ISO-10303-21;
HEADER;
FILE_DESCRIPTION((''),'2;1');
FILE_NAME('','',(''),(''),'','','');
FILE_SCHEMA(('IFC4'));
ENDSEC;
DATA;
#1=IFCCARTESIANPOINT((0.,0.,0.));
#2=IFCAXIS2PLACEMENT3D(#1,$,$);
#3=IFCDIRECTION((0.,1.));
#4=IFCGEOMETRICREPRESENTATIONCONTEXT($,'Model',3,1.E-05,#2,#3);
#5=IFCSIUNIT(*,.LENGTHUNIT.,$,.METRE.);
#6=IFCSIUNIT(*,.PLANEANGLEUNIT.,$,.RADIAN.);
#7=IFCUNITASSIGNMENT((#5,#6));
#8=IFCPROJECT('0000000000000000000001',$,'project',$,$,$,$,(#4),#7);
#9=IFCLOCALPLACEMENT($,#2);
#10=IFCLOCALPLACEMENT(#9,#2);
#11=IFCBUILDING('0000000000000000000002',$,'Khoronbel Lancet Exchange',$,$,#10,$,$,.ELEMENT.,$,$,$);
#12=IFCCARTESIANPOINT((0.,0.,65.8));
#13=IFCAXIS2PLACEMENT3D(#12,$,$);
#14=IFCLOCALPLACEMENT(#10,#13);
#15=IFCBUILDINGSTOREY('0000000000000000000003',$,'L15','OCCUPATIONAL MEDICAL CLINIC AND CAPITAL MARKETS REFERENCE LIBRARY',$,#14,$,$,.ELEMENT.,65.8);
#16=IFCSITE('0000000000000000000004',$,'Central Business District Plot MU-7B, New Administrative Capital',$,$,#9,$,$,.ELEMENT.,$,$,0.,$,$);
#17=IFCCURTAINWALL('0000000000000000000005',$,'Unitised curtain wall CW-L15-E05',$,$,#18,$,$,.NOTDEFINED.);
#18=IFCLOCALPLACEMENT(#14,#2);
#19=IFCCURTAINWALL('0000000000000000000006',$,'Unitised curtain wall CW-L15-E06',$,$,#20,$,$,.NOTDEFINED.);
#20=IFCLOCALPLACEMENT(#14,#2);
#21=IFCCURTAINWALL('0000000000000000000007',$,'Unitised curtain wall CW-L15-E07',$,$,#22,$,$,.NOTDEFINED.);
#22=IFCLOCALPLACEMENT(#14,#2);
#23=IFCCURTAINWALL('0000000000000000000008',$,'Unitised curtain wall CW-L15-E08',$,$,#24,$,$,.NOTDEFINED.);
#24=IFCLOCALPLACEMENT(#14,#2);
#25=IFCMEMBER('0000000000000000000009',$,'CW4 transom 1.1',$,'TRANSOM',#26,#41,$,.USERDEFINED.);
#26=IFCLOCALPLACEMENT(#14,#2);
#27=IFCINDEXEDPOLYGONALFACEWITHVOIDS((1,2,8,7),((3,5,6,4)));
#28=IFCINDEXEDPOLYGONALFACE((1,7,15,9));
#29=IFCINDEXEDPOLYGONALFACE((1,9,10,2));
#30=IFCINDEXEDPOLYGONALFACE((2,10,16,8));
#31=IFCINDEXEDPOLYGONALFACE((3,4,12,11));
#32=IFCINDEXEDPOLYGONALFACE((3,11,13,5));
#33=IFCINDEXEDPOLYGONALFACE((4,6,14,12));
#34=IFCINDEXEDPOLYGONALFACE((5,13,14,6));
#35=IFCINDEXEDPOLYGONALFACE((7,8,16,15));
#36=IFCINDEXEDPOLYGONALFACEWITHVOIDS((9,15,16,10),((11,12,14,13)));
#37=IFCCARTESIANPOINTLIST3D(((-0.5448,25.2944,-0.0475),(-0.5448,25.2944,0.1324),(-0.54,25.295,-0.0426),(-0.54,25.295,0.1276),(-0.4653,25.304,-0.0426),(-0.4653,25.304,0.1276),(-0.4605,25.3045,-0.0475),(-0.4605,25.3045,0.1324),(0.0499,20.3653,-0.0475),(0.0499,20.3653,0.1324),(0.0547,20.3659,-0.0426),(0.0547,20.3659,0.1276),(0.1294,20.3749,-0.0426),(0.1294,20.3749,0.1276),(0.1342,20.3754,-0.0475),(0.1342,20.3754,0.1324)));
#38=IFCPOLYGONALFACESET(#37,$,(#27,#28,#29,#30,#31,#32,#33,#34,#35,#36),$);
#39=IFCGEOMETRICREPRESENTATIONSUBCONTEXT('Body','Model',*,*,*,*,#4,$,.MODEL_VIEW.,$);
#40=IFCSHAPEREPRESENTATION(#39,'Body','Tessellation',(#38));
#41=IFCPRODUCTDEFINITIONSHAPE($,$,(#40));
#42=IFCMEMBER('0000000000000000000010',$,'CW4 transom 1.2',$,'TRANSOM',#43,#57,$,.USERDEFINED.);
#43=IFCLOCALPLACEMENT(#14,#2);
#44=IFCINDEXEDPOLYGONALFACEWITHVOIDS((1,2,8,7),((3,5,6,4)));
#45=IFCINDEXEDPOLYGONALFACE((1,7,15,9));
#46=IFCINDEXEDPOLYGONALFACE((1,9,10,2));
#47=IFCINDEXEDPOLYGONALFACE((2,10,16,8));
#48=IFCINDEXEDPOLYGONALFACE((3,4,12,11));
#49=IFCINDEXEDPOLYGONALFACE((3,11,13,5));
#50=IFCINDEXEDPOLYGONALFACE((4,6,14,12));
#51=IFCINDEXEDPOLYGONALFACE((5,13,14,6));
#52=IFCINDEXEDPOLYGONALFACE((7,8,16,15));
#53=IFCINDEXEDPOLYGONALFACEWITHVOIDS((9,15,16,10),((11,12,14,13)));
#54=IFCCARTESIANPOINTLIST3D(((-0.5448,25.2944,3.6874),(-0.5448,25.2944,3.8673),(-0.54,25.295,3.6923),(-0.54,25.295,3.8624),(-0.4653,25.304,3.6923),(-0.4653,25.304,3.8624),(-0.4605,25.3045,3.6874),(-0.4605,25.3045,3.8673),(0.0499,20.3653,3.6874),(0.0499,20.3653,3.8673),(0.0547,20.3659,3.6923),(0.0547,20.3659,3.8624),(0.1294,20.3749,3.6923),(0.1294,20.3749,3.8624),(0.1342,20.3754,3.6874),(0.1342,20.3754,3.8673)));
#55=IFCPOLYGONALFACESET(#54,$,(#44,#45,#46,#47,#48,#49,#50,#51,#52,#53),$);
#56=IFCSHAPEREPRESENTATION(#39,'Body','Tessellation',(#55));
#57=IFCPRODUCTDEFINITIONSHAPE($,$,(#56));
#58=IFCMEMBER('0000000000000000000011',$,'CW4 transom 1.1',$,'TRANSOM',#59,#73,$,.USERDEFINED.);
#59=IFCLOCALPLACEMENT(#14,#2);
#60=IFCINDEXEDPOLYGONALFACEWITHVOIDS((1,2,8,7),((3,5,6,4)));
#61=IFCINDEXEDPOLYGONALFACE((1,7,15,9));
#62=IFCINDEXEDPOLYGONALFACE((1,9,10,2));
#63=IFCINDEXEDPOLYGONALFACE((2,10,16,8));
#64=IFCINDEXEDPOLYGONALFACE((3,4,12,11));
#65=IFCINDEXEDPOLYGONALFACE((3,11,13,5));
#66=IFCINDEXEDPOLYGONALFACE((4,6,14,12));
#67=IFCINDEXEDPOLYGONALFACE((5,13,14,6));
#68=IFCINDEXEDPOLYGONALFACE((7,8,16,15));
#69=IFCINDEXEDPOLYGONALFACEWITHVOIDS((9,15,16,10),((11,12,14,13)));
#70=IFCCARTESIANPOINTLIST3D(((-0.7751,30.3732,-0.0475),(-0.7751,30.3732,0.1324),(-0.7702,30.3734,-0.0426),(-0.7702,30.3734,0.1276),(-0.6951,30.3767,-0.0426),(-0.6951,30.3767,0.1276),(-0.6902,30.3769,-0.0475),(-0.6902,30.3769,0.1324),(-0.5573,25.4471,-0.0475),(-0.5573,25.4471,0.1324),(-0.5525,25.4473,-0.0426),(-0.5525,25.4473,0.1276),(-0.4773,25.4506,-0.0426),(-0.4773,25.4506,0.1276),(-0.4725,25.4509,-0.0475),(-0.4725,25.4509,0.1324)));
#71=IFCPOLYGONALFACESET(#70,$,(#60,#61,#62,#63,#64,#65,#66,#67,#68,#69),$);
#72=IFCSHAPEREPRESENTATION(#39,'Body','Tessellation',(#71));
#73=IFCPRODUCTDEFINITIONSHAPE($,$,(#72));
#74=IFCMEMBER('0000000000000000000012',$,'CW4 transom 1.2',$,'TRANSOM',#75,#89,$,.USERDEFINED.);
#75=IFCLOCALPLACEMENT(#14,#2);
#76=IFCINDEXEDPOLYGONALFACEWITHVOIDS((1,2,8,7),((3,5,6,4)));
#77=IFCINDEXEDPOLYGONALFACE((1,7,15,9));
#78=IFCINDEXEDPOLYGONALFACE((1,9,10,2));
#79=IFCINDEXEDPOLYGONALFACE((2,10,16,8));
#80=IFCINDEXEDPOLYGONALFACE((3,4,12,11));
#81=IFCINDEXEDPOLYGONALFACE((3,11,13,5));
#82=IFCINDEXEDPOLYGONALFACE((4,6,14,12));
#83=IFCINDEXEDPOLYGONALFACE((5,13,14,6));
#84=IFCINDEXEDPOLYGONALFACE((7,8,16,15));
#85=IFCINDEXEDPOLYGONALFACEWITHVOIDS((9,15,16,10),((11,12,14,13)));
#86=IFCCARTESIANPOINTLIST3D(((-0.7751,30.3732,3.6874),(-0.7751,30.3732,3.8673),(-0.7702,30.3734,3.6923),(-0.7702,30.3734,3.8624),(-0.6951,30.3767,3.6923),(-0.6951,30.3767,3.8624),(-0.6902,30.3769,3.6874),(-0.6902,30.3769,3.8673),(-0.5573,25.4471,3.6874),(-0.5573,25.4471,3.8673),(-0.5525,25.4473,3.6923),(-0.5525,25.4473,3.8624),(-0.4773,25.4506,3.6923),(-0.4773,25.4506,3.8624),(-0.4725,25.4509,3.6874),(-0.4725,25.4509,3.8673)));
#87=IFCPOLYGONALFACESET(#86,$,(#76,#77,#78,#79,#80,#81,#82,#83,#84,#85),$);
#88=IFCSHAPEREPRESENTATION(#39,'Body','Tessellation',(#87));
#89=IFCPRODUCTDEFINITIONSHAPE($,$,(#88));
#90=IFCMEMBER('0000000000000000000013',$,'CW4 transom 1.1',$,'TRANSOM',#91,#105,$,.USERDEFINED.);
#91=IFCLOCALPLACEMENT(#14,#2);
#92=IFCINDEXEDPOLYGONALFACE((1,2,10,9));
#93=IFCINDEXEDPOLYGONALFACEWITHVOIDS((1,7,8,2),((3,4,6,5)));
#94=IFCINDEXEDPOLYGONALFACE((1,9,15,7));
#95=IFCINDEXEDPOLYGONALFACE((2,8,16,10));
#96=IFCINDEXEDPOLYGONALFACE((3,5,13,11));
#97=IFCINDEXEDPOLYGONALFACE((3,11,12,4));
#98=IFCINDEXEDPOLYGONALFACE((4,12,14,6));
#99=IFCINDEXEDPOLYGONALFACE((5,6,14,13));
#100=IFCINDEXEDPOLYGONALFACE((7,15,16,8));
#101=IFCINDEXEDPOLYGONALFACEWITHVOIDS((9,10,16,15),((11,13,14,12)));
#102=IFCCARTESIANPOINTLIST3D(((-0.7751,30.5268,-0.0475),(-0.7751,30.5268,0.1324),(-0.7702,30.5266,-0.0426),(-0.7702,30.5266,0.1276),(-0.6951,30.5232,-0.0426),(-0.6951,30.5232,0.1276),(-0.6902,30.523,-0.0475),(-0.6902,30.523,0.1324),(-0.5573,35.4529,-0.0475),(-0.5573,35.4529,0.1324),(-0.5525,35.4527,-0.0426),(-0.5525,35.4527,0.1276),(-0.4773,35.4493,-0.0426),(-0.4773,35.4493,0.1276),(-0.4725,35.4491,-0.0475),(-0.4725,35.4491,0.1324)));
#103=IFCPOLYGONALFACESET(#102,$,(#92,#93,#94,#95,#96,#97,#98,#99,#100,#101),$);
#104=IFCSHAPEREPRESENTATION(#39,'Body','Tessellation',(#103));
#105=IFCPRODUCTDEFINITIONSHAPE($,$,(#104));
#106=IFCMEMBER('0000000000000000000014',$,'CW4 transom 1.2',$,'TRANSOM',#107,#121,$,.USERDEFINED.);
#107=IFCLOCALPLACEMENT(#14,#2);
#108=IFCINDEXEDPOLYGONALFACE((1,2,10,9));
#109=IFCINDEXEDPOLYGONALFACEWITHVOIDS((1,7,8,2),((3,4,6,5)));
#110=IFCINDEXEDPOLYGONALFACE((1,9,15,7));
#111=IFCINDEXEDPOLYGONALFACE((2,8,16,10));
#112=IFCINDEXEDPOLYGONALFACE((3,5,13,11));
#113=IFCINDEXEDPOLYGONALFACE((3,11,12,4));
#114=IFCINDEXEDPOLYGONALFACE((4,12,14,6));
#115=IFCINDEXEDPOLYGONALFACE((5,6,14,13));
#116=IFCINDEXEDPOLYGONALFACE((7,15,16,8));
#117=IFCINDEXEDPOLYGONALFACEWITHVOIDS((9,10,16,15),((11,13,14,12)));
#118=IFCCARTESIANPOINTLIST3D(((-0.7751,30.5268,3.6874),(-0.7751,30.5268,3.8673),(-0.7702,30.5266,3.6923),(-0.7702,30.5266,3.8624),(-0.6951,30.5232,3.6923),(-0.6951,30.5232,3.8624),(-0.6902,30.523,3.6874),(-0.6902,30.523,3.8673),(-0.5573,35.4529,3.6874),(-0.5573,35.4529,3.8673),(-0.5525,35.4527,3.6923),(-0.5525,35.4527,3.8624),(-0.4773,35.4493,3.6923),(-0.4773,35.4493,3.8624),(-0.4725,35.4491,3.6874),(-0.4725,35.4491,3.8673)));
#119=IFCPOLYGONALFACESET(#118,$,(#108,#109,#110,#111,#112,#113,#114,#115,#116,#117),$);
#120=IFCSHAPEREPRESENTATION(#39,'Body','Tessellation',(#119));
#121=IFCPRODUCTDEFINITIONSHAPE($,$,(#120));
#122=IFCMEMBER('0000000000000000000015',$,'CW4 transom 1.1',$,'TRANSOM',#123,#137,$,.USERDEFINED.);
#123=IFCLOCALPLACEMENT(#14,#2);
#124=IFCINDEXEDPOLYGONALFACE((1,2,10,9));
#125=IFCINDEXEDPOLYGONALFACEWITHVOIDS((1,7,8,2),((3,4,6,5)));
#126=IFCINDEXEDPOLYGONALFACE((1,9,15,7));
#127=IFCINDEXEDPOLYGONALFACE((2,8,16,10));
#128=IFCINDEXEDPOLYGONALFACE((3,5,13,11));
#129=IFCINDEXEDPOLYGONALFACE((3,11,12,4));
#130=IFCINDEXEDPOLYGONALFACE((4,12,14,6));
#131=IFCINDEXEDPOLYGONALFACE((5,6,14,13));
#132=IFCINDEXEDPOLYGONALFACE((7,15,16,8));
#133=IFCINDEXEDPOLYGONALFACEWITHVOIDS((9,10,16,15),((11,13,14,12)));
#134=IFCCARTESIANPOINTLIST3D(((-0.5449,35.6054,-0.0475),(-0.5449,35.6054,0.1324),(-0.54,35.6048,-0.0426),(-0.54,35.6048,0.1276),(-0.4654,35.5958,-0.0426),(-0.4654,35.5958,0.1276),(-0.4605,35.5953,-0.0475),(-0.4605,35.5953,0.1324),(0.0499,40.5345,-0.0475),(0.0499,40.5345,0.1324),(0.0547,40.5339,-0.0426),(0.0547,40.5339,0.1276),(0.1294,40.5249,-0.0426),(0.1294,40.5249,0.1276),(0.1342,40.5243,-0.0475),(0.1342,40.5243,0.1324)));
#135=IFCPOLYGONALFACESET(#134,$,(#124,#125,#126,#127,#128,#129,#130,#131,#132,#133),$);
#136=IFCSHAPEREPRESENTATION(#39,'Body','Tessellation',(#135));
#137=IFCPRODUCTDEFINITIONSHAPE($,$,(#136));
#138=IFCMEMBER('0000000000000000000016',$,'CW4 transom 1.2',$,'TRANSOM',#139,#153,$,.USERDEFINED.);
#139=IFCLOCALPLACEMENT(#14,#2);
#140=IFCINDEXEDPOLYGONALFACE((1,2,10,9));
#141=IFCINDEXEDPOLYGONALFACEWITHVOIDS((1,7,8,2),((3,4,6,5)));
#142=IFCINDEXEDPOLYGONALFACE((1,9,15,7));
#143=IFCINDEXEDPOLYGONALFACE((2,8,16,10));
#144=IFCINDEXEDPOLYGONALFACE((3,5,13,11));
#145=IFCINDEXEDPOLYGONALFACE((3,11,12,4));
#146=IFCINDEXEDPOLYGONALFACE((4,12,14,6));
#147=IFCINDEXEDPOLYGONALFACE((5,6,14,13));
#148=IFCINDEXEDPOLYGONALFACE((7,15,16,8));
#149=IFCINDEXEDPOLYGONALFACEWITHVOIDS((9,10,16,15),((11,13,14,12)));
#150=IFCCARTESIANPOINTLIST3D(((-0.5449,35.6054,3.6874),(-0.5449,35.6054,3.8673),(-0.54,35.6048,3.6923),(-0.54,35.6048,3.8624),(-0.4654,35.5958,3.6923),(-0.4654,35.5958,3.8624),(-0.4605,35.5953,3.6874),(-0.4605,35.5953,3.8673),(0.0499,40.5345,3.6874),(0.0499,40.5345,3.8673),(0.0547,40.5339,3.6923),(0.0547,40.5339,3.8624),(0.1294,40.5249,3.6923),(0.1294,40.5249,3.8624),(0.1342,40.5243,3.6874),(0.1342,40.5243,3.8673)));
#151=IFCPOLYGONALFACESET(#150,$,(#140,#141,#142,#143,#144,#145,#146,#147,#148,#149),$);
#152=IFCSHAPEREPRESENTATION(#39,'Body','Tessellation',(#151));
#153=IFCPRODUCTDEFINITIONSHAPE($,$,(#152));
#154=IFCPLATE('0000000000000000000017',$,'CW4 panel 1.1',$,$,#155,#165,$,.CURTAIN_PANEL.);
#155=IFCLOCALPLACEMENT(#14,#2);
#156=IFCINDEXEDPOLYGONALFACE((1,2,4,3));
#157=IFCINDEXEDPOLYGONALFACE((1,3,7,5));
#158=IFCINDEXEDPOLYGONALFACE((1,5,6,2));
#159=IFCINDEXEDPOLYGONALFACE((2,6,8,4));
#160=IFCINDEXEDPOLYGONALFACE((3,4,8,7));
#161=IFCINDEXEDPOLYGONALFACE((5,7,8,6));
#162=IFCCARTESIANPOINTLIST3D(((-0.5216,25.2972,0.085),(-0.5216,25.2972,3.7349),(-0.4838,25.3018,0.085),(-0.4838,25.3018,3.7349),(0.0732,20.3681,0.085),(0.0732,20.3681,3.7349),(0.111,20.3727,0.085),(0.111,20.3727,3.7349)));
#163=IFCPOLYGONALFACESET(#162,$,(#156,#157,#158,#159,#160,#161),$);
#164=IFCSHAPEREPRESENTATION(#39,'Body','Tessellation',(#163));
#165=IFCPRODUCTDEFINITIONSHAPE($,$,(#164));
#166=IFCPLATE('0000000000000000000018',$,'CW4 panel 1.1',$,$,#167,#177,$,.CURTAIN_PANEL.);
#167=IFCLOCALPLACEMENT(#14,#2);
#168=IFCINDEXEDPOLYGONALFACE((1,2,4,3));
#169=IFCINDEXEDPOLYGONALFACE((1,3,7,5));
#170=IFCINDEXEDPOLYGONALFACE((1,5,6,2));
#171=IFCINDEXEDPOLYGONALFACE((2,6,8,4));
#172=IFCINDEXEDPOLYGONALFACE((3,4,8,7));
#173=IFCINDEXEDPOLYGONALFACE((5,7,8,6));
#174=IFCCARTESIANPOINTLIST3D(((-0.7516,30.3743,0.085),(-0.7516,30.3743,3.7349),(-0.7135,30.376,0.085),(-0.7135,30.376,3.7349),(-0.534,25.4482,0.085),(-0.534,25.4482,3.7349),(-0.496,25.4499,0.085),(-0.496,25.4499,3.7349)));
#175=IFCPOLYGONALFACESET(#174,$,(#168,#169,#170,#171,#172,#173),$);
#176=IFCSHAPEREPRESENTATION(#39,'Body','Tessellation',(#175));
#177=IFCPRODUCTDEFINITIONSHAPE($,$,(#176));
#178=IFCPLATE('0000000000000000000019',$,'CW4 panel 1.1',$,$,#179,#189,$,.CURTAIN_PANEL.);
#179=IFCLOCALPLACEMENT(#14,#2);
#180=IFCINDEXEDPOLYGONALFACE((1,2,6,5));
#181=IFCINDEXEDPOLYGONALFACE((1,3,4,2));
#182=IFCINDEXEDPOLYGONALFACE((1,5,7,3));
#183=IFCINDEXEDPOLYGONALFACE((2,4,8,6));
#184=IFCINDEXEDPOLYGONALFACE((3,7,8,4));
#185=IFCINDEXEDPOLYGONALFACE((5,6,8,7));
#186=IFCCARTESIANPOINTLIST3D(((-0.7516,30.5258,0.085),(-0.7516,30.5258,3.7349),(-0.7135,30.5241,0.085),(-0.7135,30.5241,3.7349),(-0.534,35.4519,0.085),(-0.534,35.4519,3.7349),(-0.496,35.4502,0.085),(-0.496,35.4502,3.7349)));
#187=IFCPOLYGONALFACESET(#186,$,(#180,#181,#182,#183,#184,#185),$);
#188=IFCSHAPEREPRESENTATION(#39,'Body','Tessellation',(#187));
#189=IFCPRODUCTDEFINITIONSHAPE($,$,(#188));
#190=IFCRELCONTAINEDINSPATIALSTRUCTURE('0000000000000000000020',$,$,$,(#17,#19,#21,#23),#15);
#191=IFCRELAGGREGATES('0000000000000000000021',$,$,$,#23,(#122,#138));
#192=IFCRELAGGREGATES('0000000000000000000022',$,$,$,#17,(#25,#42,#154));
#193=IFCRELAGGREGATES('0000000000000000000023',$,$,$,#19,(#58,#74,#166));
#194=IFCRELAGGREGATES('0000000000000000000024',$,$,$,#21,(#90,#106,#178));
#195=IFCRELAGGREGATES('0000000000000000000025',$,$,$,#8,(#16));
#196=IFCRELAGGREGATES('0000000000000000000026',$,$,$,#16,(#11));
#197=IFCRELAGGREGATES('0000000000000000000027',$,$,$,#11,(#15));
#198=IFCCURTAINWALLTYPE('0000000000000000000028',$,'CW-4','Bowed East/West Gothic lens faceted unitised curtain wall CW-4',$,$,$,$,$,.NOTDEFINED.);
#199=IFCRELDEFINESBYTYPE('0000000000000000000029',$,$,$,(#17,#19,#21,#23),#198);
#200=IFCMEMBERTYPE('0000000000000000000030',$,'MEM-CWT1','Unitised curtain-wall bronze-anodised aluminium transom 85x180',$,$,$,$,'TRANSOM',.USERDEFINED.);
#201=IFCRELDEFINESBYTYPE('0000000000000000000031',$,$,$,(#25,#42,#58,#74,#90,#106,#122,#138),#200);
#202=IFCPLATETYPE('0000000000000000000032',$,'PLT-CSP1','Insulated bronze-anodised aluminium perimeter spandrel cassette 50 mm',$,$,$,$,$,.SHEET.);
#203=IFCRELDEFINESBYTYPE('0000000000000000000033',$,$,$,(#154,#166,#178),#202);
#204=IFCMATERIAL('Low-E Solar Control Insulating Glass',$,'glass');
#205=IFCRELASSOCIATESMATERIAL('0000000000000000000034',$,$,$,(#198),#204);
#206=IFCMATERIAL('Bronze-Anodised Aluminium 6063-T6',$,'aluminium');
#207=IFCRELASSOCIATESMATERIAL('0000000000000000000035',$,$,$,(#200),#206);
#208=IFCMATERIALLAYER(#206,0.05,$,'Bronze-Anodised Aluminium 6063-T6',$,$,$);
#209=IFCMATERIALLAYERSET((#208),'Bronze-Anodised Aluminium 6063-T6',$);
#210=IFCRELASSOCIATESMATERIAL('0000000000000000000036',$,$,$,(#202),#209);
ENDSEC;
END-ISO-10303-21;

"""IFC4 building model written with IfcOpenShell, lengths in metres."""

from ifc_helpers import new_model, si_unit, direction, frame, origin, origin_2d, place, context, subcontext, project, spatial, rectangle, hollow_rectangle, extrude, material, layer, layer_set, material_profile, profile_set, type_object, element, aggregate, save


model = new_model("IFC4")

# Units and contexts
model_context = context("Model", 3, precision=1e-05, world=origin(), true_north=direction((0.0, 1.0)))
body_context = subcontext(model_context, "Body", "Model", "MODEL_VIEW")
ifc_project = project(units=[si_unit("LENGTHUNIT", "METRE"), si_unit("PLANEANGLEUNIT", "RADIAN")], contexts=[model_context])

# Site, building, storey
site_placement = place(None, origin())
site = spatial("IfcSite", under=ifc_project, at=site_placement, Name="Central Business District Plot MU-7B, New Administrative Capital", CompositionType="ELEMENT", RefElevation=0.0)
building_placement = place(site_placement, origin())
building = spatial("IfcBuilding", under=site, at=building_placement, Name="Khoronbel Lancet Exchange", CompositionType="ELEMENT")
storey_placement = place(building_placement, frame((0.0, 0.0, 65.8)))
storey = spatial("IfcBuildingStorey", under=building, at=storey_placement, Name="L15", Description="OCCUPATIONAL MEDICAL CLINIC AND CAPITAL MARKETS REFERENCE LIBRARY", CompositionType="ELEMENT", Elevation=65.8)

# Curtain walls
ifc_material_1 = material(Name="Low-E Solar Control Insulating Glass", Category="glass")
curtain_wall_type = type_object("IfcCurtainWallType", Name="CW-4", Description="Bowed East/West Gothic lens faceted unitised curtain wall CW-4", PredefinedType="NOTDEFINED", material=ifc_material_1)
ifc_material_2 = material(Name="Bronze-Anodised Aluminium 6063-T6", Category="aluminium")
curtain_wall_1_placement = place(storey_placement, origin())
curtain_wall_1 = element("IfcCurtainWall", 1, at=curtain_wall_1_placement, inside=storey, type_object=curtain_wall_type, Name="Unitised curtain wall CW-L15-E05", PredefinedType="NOTDEFINED")
curtain_wall_2_placement = place(storey_placement, origin())
curtain_wall_2 = element("IfcCurtainWall", 2, at=curtain_wall_2_placement, inside=storey, type_object=curtain_wall_type, Name="Unitised curtain wall CW-L15-E06", PredefinedType="NOTDEFINED")
curtain_wall_3_placement = place(storey_placement, origin())
curtain_wall_3 = element("IfcCurtainWall", 3, at=curtain_wall_3_placement, inside=storey, type_object=curtain_wall_type, Name="Unitised curtain wall CW-L15-E07", PredefinedType="NOTDEFINED")

# Curtain wall
curtain_wall_4_placement = place(storey_placement, origin())
curtain_wall_4 = element("IfcCurtainWall", 4, at=curtain_wall_4_placement, inside=storey, type_object=curtain_wall_type, Name="Unitised curtain wall CW-L15-E08", PredefinedType="NOTDEFINED")

# Members
ifc_material_profile_1 = material_profile(ifc_material_2, hollow_rectangle(XDim=0.085, YDim=0.1799, WallThickness=0.0049, at=origin_2d()), Name="ALU TRANSOM 85x180")
ifc_profile_set_1 = profile_set([ifc_material_profile_1], Name="Bronze-Anodised Aluminium 6063-T6")
member_type_1 = type_object("IfcMemberType", Name="MEM-CWT1", Description="Unitised curtain-wall bronze-anodised aluminium transom 85x180", ElementType="TRANSOM", PredefinedType="USERDEFINED", material=ifc_profile_set_1)
member_1_placement = place(storey_placement, frame((0.092, 20.3704, 0.0425), z_axis=(-0.119785, 0.9928, 0.0), x_axis=(-0.9928, -0.119785, 0.0)))
member_1 = element("IfcMember", 5, at=member_1_placement, type_object=member_type_1, Name="CW4 transom 1.1", ObjectType="TRANSOM", PredefinedType="USERDEFINED", context=body_context, shape_type="SweptSolid", body=[
    extrude(hollow_rectangle(XDim=0.085, YDim=0.1799, WallThickness=0.0049, at=origin_2d()), origin(), (0.0, 0.0, 1.0), 4.9648),
])
member_2_placement = place(storey_placement, frame((0.092, 20.3704, 3.7773), z_axis=(-0.119785, 0.9928, 0.0), x_axis=(-0.9928, -0.119785, 0.0)))
member_2 = element("IfcMember", 6, at=member_2_placement, type_object=member_type_1, Name="CW4 transom 1.2", ObjectType="TRANSOM", PredefinedType="USERDEFINED", context=body_context, shape_type="SweptSolid", body=[
    extrude(hollow_rectangle(XDim=0.085, YDim=0.1799, WallThickness=0.0049, at=origin_2d()), origin(), (0.0, 0.0, 1.0), 4.9648),
])
member_3_placement = place(storey_placement, frame((-0.5149, 25.449, 0.0425), z_axis=(-0.044166, 0.999024, 0.0), x_axis=(-0.999024, -0.044166, 0.0)))
member_3 = element("IfcMember", 7, at=member_3_placement, type_object=member_type_1, Name="CW4 transom 1.1", ObjectType="TRANSOM", PredefinedType="USERDEFINED", context=body_context, shape_type="SweptSolid", body=[
    extrude(hollow_rectangle(XDim=0.085, YDim=0.1799, WallThickness=0.0049, at=origin_2d()), origin(), (0.0, 0.0, 1.0), 4.9309),
])
member_4_placement = place(storey_placement, frame((-0.5149, 25.449, 3.7773), z_axis=(-0.044166, 0.999024, 0.0), x_axis=(-0.999024, -0.044166, 0.0)))
member_4 = element("IfcMember", 8, at=member_4_placement, type_object=member_type_1, Name="CW4 transom 1.2", ObjectType="TRANSOM", PredefinedType="USERDEFINED", context=body_context, shape_type="SweptSolid", body=[
    extrude(hollow_rectangle(XDim=0.085, YDim=0.1799, WallThickness=0.0049, at=origin_2d()), origin(), (0.0, 0.0, 1.0), 4.9309),
])
member_5_placement = place(storey_placement, frame((-0.7327, 30.5249, 0.0425), z_axis=(0.044166, 0.999024, 0.0), x_axis=(-0.999024, 0.044166, 0.0)))
member_5 = element("IfcMember", 9, at=member_5_placement, type_object=member_type_1, Name="CW4 transom 1.1", ObjectType="TRANSOM", PredefinedType="USERDEFINED", context=body_context, shape_type="SweptSolid", body=[
    extrude(hollow_rectangle(XDim=0.085, YDim=0.1799, WallThickness=0.0049, at=origin_2d()), origin(), (0.0, 0.0, 1.0), 4.9309),
])
member_6_placement = place(storey_placement, frame((-0.7327, 30.5249, 3.7773), z_axis=(0.044166, 0.999024, 0.0), x_axis=(-0.999024, 0.044166, 0.0)))
member_6 = element("IfcMember", 10, at=member_6_placement, type_object=member_type_1, Name="CW4 transom 1.2", ObjectType="TRANSOM", PredefinedType="USERDEFINED", context=body_context, shape_type="SweptSolid", body=[
    extrude(hollow_rectangle(XDim=0.085, YDim=0.1799, WallThickness=0.0049, at=origin_2d()), origin(), (0.0, 0.0, 1.0), 4.9309),
])
member_7_placement = place(storey_placement, frame((-0.5027, 35.6003, 0.0425), z_axis=(0.119785, 0.9928, 0.0), x_axis=(-0.9928, 0.119785, 0.0)))
member_7 = element("IfcMember", 11, at=member_7_placement, type_object=member_type_1, Name="CW4 transom 1.1", ObjectType="TRANSOM", PredefinedType="USERDEFINED", context=body_context, shape_type="SweptSolid", body=[
    extrude(hollow_rectangle(XDim=0.085, YDim=0.1799, WallThickness=0.0049, at=origin_2d()), origin(), (0.0, 0.0, 1.0), 4.9648),
])
member_8_placement = place(storey_placement, frame((-0.5027, 35.6003, 3.7773), z_axis=(0.119785, 0.9928, 0.0), x_axis=(-0.9928, 0.119785, 0.0)))
member_8 = element("IfcMember", 12, at=member_8_placement, type_object=member_type_1, Name="CW4 transom 1.2", ObjectType="TRANSOM", PredefinedType="USERDEFINED", context=body_context, shape_type="SweptSolid", body=[
    extrude(hollow_rectangle(XDim=0.085, YDim=0.1799, WallThickness=0.0049, at=origin_2d()), origin(), (0.0, 0.0, 1.0), 4.9648),
])
aggregate(curtain_wall_4, [member_7, member_8])

# Plates
ifc_layer_1 = layer(ifc_material_2, 0.05, Name="Bronze-Anodised Aluminium 6063-T6")
ifc_layer_set_1 = layer_set([ifc_layer_1], Name="Bronze-Anodised Aluminium 6063-T6")
plate_type_1 = type_object("IfcPlateType", Name="PLT-CSP1", Description="Insulated bronze-anodised aluminium perimeter spandrel cassette 50 mm", PredefinedType="SHEET", material=ifc_layer_set_1)
plate_1_placement = place(storey_placement, frame((-0.2053, 22.835, 0.085), z_axis=(0.0, 0.0, 1.0), x_axis=(-0.119806, 0.992797, 0.0)))
plate_1 = element("IfcPlate", 13, at=plate_1_placement, type_object=plate_type_1, Name="CW4 panel 1.1", PredefinedType="CURTAIN_PANEL", context=body_context, shape_type="SweptSolid", body=[
    extrude(rectangle(XDim=4.9648, YDim=0.0381, at=origin_2d()), origin(), (0.0, 0.0, 1.0), 3.6499),
])
aggregate(curtain_wall_1, [member_1, member_2, plate_1])
plate_2_placement = place(storey_placement, frame((-0.6238, 27.9121, 0.085), z_axis=(0.0, 0.0, 1.0), x_axis=(-0.044126, 0.999026, 0.0)))
plate_2 = element("IfcPlate", 14, at=plate_2_placement, type_object=plate_type_1, Name="CW4 panel 1.1", PredefinedType="CURTAIN_PANEL", context=body_context, shape_type="SweptSolid", body=[
    extrude(rectangle(XDim=4.9309, YDim=0.0381, at=origin_2d()), origin(), (0.0, 0.0, 1.0), 3.6499),
])
aggregate(curtain_wall_2, [member_3, member_4, plate_2])
plate_3_placement = place(storey_placement, frame((-0.6238, 32.988, 0.085), z_axis=(0.0, 0.0, 1.0), x_axis=(0.044126, 0.999026, 0.0)))
plate_3 = element("IfcPlate", 15, at=plate_3_placement, type_object=plate_type_1, Name="CW4 panel 1.1", PredefinedType="CURTAIN_PANEL", context=body_context, shape_type="SweptSolid", body=[
    extrude(rectangle(XDim=4.9309, YDim=0.0381, at=origin_2d()), origin(), (0.0, 0.0, 1.0), 3.6499),
])
aggregate(curtain_wall_3, [member_5, member_6, plate_3])

save(model, "model.ifc")
